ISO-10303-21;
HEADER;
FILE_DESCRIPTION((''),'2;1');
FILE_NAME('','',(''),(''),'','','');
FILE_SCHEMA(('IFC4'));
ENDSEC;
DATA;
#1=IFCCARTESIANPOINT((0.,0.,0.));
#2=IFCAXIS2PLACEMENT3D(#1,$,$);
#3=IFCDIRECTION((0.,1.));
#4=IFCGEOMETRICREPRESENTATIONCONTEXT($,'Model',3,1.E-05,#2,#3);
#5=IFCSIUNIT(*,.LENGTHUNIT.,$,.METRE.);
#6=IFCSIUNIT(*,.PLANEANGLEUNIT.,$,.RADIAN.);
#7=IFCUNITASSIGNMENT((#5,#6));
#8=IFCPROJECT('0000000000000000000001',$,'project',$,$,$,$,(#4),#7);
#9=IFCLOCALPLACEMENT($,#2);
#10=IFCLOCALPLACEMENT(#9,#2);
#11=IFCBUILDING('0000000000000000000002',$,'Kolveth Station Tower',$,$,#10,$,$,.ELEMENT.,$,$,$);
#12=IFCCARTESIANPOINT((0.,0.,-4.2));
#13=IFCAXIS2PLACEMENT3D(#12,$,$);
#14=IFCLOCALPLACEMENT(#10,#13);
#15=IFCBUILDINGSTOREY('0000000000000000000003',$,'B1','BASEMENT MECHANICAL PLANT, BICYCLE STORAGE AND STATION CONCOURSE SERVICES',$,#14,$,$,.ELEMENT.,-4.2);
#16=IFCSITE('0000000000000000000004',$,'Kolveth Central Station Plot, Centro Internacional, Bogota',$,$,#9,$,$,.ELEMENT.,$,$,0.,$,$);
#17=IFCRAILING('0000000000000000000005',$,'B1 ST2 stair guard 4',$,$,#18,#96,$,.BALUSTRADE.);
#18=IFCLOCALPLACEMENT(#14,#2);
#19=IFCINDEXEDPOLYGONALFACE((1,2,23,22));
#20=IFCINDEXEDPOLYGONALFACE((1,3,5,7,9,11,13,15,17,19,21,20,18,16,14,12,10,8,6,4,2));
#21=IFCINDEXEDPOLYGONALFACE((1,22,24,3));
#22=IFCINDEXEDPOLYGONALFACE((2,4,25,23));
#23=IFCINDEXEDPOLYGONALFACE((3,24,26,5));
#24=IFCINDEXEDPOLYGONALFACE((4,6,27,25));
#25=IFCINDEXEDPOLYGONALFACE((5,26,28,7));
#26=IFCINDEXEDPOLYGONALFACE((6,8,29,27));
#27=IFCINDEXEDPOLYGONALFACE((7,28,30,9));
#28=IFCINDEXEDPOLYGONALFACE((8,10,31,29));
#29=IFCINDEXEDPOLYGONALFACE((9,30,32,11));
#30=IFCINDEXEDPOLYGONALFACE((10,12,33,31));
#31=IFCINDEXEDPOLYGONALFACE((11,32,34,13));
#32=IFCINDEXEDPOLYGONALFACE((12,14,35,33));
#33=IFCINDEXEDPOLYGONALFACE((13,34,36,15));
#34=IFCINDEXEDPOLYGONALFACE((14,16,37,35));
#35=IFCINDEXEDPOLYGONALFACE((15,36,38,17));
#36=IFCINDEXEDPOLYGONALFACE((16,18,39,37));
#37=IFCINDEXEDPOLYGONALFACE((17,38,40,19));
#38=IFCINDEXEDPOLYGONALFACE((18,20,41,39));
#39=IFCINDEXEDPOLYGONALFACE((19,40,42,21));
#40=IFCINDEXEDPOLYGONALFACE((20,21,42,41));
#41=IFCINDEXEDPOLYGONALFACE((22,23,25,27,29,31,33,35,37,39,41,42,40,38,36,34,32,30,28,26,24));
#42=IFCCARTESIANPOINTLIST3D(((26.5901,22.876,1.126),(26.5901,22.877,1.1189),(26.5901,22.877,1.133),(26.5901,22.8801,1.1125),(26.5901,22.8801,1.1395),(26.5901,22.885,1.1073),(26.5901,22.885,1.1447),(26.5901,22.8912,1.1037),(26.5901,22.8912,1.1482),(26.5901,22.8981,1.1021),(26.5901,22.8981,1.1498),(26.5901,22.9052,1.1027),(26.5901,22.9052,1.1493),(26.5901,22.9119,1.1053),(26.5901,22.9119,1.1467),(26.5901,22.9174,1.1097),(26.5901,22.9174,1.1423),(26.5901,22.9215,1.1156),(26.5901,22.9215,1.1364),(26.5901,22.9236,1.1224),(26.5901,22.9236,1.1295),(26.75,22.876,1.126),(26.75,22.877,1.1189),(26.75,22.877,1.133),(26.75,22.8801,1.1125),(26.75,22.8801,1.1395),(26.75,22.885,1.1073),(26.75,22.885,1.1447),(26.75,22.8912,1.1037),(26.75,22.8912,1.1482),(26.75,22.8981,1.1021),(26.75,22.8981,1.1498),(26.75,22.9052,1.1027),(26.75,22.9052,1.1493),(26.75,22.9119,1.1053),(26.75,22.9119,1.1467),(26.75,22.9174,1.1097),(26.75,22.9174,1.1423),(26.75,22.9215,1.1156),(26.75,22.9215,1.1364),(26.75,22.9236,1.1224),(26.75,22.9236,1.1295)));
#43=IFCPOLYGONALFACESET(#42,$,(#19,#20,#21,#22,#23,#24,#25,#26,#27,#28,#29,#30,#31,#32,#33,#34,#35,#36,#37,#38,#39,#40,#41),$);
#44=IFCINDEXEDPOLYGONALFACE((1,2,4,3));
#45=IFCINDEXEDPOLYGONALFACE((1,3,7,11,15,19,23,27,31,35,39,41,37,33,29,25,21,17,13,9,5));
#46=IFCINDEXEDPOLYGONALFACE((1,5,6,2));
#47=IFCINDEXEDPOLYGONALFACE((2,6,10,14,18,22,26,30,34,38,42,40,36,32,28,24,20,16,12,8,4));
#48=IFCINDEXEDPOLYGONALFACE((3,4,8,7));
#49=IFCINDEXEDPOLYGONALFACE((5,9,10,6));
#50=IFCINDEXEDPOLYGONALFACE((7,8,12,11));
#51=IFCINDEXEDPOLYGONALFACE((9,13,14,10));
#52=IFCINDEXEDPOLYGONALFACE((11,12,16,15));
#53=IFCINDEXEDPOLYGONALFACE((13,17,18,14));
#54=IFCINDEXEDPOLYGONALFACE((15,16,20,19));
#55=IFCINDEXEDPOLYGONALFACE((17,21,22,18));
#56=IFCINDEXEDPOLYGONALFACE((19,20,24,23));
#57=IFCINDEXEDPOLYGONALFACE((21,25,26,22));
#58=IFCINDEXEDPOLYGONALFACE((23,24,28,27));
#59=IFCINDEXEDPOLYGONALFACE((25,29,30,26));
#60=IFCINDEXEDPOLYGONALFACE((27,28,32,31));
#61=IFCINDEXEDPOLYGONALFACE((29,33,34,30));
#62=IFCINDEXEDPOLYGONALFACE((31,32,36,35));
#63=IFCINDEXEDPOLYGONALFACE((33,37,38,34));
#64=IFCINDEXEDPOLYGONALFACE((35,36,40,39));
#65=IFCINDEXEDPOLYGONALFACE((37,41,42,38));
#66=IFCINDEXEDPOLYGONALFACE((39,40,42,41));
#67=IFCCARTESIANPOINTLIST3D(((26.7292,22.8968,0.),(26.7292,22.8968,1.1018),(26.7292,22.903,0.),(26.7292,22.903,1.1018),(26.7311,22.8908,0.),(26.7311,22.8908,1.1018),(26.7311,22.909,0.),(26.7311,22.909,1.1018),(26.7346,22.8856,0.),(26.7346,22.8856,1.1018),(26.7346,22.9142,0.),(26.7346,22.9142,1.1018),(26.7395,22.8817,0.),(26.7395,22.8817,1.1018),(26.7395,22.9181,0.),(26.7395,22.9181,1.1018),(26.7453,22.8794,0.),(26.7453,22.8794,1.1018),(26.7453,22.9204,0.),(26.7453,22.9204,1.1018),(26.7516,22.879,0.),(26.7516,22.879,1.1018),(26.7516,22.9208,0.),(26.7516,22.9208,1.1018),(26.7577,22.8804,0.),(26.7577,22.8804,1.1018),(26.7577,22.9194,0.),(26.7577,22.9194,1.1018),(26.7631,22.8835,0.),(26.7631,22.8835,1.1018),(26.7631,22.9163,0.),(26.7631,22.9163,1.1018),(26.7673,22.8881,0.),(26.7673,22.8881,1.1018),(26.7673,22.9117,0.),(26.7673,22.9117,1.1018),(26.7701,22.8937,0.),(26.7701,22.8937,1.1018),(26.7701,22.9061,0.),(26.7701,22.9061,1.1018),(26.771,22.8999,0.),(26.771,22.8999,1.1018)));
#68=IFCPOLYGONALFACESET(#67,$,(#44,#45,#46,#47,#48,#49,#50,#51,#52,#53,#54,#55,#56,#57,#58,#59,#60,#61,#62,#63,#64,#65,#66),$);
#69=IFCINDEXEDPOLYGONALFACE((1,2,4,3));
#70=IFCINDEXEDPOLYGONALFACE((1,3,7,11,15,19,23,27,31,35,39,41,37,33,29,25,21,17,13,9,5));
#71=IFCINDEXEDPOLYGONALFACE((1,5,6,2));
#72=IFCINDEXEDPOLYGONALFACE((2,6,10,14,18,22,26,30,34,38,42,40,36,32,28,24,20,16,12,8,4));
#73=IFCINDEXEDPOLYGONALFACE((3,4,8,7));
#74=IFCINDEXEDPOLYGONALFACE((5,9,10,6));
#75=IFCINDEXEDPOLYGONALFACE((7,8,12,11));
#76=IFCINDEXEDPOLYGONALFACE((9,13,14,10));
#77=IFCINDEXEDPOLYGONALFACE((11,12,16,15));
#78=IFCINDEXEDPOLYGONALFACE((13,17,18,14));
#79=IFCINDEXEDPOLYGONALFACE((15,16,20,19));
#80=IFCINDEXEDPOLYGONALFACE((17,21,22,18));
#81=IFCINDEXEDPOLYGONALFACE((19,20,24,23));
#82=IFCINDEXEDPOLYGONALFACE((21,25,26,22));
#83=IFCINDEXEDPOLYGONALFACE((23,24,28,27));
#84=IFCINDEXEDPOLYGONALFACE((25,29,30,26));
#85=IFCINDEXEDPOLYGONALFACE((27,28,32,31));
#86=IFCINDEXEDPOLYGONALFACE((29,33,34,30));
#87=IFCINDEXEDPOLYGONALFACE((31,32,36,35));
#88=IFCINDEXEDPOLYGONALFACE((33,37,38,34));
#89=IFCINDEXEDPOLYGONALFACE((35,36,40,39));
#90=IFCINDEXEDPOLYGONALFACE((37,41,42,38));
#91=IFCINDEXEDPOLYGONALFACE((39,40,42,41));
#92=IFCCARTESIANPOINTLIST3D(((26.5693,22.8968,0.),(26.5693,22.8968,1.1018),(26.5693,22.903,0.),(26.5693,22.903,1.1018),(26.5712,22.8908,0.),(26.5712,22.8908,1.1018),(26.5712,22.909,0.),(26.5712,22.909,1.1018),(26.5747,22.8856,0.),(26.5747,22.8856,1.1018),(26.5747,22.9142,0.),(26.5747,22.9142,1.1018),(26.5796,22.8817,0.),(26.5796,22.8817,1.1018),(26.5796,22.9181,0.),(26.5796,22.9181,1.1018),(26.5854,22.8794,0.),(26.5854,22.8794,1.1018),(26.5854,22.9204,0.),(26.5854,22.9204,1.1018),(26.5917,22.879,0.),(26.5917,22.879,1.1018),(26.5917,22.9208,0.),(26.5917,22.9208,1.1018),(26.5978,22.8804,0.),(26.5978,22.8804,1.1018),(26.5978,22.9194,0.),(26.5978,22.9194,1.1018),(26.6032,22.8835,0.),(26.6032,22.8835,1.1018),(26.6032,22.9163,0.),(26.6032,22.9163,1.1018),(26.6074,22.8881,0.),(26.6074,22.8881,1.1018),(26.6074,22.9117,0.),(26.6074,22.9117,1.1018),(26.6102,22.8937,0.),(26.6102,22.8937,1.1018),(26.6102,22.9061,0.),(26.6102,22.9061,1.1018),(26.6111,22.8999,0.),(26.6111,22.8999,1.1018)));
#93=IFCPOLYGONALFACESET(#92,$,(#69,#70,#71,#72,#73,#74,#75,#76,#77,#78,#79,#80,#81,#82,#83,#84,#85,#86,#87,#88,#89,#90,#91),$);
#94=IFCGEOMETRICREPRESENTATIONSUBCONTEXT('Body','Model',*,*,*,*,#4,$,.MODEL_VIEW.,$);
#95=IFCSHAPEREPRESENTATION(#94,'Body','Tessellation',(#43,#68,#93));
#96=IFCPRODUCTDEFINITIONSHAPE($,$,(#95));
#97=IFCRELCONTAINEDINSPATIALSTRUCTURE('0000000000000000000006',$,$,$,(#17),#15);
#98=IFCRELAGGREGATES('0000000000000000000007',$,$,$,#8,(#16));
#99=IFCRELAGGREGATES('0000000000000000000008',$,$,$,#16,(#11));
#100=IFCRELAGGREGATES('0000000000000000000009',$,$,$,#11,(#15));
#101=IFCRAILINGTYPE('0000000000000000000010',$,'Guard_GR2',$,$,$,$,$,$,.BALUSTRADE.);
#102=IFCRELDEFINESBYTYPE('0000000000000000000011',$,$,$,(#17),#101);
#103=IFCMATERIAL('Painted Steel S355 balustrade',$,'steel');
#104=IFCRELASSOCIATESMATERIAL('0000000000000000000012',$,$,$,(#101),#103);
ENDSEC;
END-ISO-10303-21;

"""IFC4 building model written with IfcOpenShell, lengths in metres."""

from ifc_helpers import new_model, si_unit, direction, frame, origin, origin_2d, place, context, subcontext, project, spatial, circle, extrude, material, type_object, element, save


model = new_model("IFC4")

# Units and contexts
model_context = context("Model", 3, precision=1e-05, world=origin(), true_north=direction((0.0, 1.0)))
body_context = subcontext(model_context, "Body", "Model", "MODEL_VIEW")
ifc_project = project(units=[si_unit("LENGTHUNIT", "METRE"), si_unit("PLANEANGLEUNIT", "RADIAN")], contexts=[model_context])

# Site, building, storey
site_placement = place(None, origin())
site = spatial("IfcSite", under=ifc_project, at=site_placement, Name="Kolveth Central Station Plot, Centro Internacional, Bogota", CompositionType="ELEMENT", RefElevation=0.0)
building_placement = place(site_placement, origin())
building = spatial("IfcBuilding", under=site, at=building_placement, Name="Kolveth Station Tower", CompositionType="ELEMENT")
storey_placement = place(building_placement, frame((0.0, 0.0, -4.2)))
storey = spatial("IfcBuildingStorey", under=building, at=storey_placement, Name="B1", Description="BASEMENT MECHANICAL PLANT, BICYCLE STORAGE AND STATION CONCOURSE SERVICES", CompositionType="ELEMENT", Elevation=-4.2)

# Railing
ifc_material_1 = material(Name="Painted Steel S355 balustrade", Category="steel")
railing_type_1 = type_object("IfcRailingType", Name="Guard_GR2", PredefinedType="BALUSTRADE", material=ifc_material_1)
railing_1_placement = place(storey_placement, frame((26.75, 22.8999, 0.0)))
element("IfcRailing", 1, at=railing_1_placement, inside=storey, type_object=railing_type_1, Name="B1 ST2 stair guard 4", PredefinedType="BALUSTRADE", context=body_context, shape_type="SweptSolid", body=[
    extrude(circle(Radius=0.0239, at=origin_2d()), frame((0.0, 0.0, 1.126), z_axis=(-1.0, 0.0, 0.0), x_axis=(0.0, -1.0, 0.0)), (0.0, 0.0, 1.0), 0.1599),
    extrude(circle(Radius=0.021, at=origin_2d()), origin(), (0.0, 0.0, 1.0), 1.1018),
    extrude(circle(Radius=0.021, at=origin_2d()), frame((-0.1599, 0.0, 0.0)), (0.0, 0.0, 1.0), 1.1018),
])

save(model, "model.ifc")
